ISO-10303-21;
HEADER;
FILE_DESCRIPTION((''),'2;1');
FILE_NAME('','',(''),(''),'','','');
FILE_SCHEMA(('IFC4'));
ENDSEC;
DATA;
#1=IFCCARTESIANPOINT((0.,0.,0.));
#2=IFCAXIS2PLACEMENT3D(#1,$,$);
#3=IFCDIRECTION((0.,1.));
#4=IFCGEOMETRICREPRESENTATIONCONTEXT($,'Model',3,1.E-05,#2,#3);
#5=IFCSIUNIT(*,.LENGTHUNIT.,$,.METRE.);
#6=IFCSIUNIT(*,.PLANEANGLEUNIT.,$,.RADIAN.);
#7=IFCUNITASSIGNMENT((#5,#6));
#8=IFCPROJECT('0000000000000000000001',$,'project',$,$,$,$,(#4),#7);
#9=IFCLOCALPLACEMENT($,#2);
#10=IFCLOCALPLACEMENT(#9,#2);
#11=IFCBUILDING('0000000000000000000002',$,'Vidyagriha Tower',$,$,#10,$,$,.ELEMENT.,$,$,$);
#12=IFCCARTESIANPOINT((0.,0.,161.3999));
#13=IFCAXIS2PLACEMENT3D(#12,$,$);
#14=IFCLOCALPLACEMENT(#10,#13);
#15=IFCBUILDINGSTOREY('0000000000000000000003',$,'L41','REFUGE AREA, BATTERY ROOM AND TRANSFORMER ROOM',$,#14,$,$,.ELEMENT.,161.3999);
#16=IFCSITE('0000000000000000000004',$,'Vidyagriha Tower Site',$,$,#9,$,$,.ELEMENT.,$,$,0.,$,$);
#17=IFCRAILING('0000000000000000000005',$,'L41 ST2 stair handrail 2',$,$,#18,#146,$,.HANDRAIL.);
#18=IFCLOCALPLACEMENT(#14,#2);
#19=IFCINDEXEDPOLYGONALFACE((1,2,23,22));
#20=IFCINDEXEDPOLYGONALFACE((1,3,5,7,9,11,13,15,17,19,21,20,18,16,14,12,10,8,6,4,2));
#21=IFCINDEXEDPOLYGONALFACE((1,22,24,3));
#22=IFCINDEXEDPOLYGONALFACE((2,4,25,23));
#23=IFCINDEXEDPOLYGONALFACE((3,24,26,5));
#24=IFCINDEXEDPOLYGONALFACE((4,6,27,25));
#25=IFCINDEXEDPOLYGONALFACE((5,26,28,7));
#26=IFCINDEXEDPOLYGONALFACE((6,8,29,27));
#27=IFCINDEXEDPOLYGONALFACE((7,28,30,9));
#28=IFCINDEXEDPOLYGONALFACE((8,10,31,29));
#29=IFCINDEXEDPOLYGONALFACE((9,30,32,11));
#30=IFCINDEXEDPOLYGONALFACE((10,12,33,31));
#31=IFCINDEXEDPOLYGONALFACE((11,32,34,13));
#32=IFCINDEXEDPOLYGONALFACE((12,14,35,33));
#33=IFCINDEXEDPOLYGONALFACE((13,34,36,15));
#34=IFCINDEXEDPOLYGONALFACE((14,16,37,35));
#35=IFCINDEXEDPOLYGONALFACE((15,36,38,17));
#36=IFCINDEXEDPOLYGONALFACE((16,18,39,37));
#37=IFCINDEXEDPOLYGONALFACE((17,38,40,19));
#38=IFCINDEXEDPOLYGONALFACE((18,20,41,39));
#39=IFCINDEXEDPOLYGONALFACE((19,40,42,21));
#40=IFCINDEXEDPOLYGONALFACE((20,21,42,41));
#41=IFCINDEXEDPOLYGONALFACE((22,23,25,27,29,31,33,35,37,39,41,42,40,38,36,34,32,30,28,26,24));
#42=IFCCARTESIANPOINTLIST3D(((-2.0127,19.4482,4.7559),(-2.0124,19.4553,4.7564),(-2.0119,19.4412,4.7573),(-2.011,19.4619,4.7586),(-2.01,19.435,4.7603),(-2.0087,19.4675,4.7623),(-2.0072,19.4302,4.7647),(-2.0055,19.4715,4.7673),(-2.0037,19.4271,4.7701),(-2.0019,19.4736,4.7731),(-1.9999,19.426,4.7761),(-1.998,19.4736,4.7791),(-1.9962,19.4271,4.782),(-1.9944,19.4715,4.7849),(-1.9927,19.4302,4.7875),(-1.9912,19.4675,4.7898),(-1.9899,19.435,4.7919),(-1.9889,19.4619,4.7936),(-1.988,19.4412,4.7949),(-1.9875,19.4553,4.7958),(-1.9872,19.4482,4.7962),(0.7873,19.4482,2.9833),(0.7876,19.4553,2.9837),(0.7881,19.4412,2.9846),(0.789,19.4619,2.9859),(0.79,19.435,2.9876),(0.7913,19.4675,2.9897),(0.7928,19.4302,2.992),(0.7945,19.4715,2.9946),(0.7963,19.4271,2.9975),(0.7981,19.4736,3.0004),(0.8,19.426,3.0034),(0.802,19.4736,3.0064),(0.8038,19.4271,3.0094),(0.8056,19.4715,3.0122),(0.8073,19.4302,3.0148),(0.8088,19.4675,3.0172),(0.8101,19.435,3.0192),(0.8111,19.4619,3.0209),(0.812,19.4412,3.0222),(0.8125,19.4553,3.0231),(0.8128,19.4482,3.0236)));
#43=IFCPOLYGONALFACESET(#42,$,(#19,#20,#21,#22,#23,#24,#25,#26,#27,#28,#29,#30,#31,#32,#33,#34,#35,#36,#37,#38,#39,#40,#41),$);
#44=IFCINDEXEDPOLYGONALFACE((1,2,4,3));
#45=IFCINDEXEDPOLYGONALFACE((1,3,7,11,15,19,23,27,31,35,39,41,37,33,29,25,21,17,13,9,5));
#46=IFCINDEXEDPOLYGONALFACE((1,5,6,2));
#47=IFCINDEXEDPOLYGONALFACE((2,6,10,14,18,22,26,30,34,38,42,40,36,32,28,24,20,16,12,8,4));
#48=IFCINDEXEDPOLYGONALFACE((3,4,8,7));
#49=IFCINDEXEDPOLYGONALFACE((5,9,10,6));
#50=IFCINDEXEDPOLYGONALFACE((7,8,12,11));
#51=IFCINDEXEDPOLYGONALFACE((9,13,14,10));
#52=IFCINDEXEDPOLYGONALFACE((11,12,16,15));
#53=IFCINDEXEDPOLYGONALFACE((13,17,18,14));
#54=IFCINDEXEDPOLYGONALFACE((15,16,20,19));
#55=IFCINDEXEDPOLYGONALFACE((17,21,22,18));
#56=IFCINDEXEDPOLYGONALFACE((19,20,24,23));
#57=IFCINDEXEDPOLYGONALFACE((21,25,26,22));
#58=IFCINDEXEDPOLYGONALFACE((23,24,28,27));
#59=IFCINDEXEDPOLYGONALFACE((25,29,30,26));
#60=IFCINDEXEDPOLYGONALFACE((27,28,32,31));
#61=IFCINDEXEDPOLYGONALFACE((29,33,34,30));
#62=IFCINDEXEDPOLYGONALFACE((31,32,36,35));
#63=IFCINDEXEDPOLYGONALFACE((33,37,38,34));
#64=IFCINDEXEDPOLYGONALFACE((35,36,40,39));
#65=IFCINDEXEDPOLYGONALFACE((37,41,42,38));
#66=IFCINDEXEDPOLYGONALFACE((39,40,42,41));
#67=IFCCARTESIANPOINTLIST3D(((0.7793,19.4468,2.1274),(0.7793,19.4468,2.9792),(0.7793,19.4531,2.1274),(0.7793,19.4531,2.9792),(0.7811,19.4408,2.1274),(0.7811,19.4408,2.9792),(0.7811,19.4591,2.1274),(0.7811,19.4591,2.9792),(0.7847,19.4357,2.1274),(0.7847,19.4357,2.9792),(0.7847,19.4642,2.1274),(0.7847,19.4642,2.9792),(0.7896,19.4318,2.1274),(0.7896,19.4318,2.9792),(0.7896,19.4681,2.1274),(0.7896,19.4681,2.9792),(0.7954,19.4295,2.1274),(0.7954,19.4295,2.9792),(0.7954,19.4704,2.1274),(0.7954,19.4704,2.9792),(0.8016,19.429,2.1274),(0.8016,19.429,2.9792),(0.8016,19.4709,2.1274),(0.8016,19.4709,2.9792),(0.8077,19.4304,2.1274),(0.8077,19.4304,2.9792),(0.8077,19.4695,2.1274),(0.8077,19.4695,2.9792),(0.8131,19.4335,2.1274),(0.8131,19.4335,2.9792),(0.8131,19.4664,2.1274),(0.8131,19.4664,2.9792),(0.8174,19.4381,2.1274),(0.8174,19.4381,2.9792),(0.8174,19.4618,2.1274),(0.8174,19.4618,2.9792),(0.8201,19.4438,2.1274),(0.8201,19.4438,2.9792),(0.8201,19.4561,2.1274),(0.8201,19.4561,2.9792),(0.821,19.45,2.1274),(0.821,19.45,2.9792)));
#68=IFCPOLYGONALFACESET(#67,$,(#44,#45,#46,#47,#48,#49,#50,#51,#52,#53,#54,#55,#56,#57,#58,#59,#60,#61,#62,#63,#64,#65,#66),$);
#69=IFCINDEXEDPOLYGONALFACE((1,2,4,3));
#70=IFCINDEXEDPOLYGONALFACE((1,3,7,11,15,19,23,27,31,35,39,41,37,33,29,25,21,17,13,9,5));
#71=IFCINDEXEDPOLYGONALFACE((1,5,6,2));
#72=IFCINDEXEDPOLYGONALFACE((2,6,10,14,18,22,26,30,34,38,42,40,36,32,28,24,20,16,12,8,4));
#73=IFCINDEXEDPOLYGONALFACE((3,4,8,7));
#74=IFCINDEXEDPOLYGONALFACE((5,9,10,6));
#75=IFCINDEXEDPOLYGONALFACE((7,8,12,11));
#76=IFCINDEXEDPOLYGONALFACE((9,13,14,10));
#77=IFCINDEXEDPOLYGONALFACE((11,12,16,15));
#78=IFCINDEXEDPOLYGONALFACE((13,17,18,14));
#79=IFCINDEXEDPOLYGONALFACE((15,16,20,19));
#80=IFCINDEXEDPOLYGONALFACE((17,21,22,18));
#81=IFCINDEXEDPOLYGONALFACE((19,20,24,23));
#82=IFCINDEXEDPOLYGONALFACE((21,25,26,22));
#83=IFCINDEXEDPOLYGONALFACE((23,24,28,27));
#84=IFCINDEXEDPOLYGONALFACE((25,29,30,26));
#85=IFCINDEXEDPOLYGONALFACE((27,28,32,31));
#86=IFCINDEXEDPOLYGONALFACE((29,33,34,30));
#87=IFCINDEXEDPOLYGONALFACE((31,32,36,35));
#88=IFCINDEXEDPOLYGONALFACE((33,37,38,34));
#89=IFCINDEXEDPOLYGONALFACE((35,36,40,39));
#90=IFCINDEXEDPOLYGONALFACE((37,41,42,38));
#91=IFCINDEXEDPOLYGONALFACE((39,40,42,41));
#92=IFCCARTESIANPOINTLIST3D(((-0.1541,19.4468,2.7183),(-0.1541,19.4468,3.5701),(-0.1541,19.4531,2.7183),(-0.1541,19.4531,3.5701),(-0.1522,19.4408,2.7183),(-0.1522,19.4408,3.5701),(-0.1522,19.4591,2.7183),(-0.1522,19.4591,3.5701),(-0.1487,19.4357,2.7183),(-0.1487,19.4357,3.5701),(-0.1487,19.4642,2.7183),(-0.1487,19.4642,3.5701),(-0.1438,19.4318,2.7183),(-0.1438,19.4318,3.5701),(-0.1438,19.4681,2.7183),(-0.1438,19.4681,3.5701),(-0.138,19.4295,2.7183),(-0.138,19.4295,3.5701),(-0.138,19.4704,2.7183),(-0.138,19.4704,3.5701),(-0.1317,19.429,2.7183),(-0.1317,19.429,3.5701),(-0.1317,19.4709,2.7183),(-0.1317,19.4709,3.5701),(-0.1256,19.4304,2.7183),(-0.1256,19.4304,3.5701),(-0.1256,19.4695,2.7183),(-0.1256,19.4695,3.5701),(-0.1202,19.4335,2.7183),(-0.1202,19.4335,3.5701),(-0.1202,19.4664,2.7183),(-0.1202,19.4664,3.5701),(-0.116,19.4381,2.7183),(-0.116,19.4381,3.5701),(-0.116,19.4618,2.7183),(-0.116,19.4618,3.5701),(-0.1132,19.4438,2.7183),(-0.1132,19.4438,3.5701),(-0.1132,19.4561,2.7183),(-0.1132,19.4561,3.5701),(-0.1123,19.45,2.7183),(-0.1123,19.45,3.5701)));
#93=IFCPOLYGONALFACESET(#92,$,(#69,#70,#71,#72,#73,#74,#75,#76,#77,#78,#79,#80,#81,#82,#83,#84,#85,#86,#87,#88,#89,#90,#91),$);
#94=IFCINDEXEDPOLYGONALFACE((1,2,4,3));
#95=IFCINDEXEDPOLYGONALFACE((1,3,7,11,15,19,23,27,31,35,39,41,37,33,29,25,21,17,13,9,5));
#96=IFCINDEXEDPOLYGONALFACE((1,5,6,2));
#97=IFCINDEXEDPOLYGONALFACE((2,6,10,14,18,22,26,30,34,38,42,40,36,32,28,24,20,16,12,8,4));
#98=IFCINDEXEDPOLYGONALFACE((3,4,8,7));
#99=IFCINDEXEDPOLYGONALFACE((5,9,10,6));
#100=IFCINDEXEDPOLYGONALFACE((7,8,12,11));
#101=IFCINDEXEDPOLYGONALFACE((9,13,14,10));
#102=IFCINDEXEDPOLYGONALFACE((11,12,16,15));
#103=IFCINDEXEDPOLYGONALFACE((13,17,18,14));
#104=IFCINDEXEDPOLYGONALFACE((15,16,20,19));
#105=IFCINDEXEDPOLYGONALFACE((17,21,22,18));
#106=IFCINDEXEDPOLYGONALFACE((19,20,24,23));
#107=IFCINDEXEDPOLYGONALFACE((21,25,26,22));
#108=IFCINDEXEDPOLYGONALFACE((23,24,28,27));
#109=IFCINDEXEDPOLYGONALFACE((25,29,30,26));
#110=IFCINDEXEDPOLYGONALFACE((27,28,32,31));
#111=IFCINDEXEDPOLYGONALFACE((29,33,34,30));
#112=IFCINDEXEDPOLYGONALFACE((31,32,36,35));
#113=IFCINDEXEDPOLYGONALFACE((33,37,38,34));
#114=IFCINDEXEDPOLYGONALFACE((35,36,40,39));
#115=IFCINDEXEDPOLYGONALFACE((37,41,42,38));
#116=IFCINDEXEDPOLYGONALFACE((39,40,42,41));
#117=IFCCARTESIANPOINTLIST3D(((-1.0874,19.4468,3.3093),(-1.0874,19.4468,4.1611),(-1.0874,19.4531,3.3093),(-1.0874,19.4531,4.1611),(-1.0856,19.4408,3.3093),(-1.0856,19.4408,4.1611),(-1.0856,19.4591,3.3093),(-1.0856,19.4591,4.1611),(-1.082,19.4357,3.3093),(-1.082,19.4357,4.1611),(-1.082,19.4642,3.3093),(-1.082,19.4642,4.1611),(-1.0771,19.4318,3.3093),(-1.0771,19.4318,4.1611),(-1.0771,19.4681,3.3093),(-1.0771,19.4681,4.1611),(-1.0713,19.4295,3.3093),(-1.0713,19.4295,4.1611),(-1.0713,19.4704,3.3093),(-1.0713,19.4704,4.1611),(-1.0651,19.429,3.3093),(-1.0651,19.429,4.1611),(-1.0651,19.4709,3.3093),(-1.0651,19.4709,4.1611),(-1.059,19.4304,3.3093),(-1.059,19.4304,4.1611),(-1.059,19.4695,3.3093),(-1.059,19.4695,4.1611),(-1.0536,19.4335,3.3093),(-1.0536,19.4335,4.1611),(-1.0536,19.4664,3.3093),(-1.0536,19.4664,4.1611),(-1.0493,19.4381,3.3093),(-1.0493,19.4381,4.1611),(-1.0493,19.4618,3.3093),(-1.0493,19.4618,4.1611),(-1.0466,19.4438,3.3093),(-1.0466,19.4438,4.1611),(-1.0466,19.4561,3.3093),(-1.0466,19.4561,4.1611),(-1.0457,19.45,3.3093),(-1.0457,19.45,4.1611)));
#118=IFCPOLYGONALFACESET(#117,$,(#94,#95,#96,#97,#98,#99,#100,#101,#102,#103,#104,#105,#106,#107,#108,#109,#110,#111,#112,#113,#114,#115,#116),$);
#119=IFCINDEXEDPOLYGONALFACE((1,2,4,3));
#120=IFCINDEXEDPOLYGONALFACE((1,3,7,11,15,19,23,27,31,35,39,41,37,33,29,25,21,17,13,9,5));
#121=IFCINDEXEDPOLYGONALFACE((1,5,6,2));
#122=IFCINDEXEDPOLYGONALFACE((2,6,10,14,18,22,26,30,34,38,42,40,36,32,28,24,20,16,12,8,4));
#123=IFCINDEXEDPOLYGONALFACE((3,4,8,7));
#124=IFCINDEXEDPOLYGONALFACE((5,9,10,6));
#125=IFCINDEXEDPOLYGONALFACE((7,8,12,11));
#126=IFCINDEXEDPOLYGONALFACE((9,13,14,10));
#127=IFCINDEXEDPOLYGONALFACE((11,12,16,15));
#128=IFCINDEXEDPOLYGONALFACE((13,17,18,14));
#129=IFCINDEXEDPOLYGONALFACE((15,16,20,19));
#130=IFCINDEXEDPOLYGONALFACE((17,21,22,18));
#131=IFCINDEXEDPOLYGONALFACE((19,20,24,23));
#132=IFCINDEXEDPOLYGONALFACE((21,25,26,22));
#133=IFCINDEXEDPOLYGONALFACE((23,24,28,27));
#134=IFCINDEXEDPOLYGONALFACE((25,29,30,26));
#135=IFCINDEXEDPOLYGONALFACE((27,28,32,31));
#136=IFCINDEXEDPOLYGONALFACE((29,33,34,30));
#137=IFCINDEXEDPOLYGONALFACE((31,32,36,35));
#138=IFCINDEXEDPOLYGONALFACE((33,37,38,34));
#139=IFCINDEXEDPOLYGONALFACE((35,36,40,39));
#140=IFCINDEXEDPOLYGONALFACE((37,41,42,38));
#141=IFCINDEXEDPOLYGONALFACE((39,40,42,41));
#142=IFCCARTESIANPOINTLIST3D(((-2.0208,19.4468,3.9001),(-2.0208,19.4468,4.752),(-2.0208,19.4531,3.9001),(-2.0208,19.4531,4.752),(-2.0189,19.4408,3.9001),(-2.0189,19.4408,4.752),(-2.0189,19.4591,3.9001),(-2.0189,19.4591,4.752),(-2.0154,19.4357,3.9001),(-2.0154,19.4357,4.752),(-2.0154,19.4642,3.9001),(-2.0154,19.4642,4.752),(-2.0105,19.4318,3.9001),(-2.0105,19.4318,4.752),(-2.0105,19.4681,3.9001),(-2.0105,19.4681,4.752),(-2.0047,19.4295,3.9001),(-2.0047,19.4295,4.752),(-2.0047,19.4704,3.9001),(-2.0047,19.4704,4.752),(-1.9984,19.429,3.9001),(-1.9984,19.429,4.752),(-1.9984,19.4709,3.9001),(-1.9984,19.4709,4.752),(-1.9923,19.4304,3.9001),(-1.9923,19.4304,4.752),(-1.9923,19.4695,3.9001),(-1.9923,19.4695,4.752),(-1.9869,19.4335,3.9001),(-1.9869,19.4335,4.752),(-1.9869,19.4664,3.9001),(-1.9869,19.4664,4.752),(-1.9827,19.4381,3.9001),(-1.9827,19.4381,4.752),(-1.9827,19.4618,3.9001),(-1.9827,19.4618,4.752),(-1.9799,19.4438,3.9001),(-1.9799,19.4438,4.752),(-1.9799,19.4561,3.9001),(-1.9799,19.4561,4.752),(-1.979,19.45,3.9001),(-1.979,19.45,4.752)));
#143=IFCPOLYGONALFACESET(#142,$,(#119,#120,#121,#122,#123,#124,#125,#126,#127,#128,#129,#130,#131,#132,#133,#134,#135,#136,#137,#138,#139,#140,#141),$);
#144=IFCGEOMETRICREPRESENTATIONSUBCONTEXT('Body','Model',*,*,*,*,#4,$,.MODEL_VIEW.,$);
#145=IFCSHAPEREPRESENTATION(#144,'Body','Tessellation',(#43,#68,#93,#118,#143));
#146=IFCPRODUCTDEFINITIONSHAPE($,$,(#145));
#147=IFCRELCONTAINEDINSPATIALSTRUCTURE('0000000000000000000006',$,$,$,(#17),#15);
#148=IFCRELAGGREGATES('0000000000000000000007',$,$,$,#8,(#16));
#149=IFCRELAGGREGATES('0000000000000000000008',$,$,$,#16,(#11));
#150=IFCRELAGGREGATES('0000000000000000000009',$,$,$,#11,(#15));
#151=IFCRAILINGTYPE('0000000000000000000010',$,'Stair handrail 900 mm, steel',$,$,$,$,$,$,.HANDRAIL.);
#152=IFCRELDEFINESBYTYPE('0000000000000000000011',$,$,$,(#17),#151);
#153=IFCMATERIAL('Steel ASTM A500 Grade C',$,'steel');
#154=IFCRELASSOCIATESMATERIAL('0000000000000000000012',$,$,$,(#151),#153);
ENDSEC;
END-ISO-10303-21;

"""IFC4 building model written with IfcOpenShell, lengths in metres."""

from ifc_helpers import new_model, si_unit, direction, frame, origin, origin_2d, place, context, subcontext, project, spatial, circle, extrude, material, type_object, element, save


model = new_model("IFC4")

# Units and contexts
model_context = context("Model", 3, precision=1e-05, world=origin(), true_north=direction((0.0, 1.0)))
body_context = subcontext(model_context, "Body", "Model", "MODEL_VIEW")
ifc_project = project(units=[si_unit("LENGTHUNIT", "METRE"), si_unit("PLANEANGLEUNIT", "RADIAN")], contexts=[model_context])

# Site, building, storey
site_placement = place(None, origin())
site = spatial("IfcSite", under=ifc_project, at=site_placement, Name="Vidyagriha Tower Site", CompositionType="ELEMENT", RefElevation=0.0)
building_placement = place(site_placement, origin())
building = spatial("IfcBuilding", under=site, at=building_placement, Name="Vidyagriha Tower", CompositionType="ELEMENT")
storey_placement = place(building_placement, frame((0.0, 0.0, 161.3999)))
storey = spatial("IfcBuildingStorey", under=building, at=storey_placement, Name="L41", Description="REFUGE AREA, BATTERY ROOM AND TRANSFORMER ROOM", CompositionType="ELEMENT", Elevation=161.3999)

# Railing
ifc_material_1 = material(Name="Steel ASTM A500 Grade C", Category="steel")
railing_type_1 = type_object("IfcRailingType", Name="Stair handrail 900 mm, steel", PredefinedType="HANDRAIL", material=ifc_material_1)
railing_1_placement = place(storey_placement, frame((0.8, 19.45, 2.1274)))
element("IfcRailing", 1, at=railing_1_placement, inside=storey, type_object=railing_type_1, Name="L41 ST2 stair handrail 2", PredefinedType="HANDRAIL", context=body_context, shape_type="SweptSolid", body=[
    extrude(circle(Radius=0.0239, at=origin_2d()), frame((0.0, 0.0, 0.876), z_axis=(-0.844909, 0.0, 0.53491), x_axis=(0.0, -1.0, 0.0)), (0.0, 0.0, 1.0), 3.314),
    extrude(circle(Radius=0.021, at=origin_2d()), origin(), (0.0, 0.0, 1.0), 0.8518),
    extrude(circle(Radius=0.021, at=origin_2d()), frame((-0.9333, 0.0, 0.5908)), (0.0, 0.0, 1.0), 0.8518),
    extrude(circle(Radius=0.021, at=origin_2d()), frame((-1.8667, 0.0, 1.1819)), (0.0, 0.0, 1.0), 0.8518),
    extrude(circle(Radius=0.021, at=origin_2d()), frame((-2.8, 0.0, 1.7727)), (0.0, 0.0, 1.0), 0.8518),
])

save(model, "model.ifc")
